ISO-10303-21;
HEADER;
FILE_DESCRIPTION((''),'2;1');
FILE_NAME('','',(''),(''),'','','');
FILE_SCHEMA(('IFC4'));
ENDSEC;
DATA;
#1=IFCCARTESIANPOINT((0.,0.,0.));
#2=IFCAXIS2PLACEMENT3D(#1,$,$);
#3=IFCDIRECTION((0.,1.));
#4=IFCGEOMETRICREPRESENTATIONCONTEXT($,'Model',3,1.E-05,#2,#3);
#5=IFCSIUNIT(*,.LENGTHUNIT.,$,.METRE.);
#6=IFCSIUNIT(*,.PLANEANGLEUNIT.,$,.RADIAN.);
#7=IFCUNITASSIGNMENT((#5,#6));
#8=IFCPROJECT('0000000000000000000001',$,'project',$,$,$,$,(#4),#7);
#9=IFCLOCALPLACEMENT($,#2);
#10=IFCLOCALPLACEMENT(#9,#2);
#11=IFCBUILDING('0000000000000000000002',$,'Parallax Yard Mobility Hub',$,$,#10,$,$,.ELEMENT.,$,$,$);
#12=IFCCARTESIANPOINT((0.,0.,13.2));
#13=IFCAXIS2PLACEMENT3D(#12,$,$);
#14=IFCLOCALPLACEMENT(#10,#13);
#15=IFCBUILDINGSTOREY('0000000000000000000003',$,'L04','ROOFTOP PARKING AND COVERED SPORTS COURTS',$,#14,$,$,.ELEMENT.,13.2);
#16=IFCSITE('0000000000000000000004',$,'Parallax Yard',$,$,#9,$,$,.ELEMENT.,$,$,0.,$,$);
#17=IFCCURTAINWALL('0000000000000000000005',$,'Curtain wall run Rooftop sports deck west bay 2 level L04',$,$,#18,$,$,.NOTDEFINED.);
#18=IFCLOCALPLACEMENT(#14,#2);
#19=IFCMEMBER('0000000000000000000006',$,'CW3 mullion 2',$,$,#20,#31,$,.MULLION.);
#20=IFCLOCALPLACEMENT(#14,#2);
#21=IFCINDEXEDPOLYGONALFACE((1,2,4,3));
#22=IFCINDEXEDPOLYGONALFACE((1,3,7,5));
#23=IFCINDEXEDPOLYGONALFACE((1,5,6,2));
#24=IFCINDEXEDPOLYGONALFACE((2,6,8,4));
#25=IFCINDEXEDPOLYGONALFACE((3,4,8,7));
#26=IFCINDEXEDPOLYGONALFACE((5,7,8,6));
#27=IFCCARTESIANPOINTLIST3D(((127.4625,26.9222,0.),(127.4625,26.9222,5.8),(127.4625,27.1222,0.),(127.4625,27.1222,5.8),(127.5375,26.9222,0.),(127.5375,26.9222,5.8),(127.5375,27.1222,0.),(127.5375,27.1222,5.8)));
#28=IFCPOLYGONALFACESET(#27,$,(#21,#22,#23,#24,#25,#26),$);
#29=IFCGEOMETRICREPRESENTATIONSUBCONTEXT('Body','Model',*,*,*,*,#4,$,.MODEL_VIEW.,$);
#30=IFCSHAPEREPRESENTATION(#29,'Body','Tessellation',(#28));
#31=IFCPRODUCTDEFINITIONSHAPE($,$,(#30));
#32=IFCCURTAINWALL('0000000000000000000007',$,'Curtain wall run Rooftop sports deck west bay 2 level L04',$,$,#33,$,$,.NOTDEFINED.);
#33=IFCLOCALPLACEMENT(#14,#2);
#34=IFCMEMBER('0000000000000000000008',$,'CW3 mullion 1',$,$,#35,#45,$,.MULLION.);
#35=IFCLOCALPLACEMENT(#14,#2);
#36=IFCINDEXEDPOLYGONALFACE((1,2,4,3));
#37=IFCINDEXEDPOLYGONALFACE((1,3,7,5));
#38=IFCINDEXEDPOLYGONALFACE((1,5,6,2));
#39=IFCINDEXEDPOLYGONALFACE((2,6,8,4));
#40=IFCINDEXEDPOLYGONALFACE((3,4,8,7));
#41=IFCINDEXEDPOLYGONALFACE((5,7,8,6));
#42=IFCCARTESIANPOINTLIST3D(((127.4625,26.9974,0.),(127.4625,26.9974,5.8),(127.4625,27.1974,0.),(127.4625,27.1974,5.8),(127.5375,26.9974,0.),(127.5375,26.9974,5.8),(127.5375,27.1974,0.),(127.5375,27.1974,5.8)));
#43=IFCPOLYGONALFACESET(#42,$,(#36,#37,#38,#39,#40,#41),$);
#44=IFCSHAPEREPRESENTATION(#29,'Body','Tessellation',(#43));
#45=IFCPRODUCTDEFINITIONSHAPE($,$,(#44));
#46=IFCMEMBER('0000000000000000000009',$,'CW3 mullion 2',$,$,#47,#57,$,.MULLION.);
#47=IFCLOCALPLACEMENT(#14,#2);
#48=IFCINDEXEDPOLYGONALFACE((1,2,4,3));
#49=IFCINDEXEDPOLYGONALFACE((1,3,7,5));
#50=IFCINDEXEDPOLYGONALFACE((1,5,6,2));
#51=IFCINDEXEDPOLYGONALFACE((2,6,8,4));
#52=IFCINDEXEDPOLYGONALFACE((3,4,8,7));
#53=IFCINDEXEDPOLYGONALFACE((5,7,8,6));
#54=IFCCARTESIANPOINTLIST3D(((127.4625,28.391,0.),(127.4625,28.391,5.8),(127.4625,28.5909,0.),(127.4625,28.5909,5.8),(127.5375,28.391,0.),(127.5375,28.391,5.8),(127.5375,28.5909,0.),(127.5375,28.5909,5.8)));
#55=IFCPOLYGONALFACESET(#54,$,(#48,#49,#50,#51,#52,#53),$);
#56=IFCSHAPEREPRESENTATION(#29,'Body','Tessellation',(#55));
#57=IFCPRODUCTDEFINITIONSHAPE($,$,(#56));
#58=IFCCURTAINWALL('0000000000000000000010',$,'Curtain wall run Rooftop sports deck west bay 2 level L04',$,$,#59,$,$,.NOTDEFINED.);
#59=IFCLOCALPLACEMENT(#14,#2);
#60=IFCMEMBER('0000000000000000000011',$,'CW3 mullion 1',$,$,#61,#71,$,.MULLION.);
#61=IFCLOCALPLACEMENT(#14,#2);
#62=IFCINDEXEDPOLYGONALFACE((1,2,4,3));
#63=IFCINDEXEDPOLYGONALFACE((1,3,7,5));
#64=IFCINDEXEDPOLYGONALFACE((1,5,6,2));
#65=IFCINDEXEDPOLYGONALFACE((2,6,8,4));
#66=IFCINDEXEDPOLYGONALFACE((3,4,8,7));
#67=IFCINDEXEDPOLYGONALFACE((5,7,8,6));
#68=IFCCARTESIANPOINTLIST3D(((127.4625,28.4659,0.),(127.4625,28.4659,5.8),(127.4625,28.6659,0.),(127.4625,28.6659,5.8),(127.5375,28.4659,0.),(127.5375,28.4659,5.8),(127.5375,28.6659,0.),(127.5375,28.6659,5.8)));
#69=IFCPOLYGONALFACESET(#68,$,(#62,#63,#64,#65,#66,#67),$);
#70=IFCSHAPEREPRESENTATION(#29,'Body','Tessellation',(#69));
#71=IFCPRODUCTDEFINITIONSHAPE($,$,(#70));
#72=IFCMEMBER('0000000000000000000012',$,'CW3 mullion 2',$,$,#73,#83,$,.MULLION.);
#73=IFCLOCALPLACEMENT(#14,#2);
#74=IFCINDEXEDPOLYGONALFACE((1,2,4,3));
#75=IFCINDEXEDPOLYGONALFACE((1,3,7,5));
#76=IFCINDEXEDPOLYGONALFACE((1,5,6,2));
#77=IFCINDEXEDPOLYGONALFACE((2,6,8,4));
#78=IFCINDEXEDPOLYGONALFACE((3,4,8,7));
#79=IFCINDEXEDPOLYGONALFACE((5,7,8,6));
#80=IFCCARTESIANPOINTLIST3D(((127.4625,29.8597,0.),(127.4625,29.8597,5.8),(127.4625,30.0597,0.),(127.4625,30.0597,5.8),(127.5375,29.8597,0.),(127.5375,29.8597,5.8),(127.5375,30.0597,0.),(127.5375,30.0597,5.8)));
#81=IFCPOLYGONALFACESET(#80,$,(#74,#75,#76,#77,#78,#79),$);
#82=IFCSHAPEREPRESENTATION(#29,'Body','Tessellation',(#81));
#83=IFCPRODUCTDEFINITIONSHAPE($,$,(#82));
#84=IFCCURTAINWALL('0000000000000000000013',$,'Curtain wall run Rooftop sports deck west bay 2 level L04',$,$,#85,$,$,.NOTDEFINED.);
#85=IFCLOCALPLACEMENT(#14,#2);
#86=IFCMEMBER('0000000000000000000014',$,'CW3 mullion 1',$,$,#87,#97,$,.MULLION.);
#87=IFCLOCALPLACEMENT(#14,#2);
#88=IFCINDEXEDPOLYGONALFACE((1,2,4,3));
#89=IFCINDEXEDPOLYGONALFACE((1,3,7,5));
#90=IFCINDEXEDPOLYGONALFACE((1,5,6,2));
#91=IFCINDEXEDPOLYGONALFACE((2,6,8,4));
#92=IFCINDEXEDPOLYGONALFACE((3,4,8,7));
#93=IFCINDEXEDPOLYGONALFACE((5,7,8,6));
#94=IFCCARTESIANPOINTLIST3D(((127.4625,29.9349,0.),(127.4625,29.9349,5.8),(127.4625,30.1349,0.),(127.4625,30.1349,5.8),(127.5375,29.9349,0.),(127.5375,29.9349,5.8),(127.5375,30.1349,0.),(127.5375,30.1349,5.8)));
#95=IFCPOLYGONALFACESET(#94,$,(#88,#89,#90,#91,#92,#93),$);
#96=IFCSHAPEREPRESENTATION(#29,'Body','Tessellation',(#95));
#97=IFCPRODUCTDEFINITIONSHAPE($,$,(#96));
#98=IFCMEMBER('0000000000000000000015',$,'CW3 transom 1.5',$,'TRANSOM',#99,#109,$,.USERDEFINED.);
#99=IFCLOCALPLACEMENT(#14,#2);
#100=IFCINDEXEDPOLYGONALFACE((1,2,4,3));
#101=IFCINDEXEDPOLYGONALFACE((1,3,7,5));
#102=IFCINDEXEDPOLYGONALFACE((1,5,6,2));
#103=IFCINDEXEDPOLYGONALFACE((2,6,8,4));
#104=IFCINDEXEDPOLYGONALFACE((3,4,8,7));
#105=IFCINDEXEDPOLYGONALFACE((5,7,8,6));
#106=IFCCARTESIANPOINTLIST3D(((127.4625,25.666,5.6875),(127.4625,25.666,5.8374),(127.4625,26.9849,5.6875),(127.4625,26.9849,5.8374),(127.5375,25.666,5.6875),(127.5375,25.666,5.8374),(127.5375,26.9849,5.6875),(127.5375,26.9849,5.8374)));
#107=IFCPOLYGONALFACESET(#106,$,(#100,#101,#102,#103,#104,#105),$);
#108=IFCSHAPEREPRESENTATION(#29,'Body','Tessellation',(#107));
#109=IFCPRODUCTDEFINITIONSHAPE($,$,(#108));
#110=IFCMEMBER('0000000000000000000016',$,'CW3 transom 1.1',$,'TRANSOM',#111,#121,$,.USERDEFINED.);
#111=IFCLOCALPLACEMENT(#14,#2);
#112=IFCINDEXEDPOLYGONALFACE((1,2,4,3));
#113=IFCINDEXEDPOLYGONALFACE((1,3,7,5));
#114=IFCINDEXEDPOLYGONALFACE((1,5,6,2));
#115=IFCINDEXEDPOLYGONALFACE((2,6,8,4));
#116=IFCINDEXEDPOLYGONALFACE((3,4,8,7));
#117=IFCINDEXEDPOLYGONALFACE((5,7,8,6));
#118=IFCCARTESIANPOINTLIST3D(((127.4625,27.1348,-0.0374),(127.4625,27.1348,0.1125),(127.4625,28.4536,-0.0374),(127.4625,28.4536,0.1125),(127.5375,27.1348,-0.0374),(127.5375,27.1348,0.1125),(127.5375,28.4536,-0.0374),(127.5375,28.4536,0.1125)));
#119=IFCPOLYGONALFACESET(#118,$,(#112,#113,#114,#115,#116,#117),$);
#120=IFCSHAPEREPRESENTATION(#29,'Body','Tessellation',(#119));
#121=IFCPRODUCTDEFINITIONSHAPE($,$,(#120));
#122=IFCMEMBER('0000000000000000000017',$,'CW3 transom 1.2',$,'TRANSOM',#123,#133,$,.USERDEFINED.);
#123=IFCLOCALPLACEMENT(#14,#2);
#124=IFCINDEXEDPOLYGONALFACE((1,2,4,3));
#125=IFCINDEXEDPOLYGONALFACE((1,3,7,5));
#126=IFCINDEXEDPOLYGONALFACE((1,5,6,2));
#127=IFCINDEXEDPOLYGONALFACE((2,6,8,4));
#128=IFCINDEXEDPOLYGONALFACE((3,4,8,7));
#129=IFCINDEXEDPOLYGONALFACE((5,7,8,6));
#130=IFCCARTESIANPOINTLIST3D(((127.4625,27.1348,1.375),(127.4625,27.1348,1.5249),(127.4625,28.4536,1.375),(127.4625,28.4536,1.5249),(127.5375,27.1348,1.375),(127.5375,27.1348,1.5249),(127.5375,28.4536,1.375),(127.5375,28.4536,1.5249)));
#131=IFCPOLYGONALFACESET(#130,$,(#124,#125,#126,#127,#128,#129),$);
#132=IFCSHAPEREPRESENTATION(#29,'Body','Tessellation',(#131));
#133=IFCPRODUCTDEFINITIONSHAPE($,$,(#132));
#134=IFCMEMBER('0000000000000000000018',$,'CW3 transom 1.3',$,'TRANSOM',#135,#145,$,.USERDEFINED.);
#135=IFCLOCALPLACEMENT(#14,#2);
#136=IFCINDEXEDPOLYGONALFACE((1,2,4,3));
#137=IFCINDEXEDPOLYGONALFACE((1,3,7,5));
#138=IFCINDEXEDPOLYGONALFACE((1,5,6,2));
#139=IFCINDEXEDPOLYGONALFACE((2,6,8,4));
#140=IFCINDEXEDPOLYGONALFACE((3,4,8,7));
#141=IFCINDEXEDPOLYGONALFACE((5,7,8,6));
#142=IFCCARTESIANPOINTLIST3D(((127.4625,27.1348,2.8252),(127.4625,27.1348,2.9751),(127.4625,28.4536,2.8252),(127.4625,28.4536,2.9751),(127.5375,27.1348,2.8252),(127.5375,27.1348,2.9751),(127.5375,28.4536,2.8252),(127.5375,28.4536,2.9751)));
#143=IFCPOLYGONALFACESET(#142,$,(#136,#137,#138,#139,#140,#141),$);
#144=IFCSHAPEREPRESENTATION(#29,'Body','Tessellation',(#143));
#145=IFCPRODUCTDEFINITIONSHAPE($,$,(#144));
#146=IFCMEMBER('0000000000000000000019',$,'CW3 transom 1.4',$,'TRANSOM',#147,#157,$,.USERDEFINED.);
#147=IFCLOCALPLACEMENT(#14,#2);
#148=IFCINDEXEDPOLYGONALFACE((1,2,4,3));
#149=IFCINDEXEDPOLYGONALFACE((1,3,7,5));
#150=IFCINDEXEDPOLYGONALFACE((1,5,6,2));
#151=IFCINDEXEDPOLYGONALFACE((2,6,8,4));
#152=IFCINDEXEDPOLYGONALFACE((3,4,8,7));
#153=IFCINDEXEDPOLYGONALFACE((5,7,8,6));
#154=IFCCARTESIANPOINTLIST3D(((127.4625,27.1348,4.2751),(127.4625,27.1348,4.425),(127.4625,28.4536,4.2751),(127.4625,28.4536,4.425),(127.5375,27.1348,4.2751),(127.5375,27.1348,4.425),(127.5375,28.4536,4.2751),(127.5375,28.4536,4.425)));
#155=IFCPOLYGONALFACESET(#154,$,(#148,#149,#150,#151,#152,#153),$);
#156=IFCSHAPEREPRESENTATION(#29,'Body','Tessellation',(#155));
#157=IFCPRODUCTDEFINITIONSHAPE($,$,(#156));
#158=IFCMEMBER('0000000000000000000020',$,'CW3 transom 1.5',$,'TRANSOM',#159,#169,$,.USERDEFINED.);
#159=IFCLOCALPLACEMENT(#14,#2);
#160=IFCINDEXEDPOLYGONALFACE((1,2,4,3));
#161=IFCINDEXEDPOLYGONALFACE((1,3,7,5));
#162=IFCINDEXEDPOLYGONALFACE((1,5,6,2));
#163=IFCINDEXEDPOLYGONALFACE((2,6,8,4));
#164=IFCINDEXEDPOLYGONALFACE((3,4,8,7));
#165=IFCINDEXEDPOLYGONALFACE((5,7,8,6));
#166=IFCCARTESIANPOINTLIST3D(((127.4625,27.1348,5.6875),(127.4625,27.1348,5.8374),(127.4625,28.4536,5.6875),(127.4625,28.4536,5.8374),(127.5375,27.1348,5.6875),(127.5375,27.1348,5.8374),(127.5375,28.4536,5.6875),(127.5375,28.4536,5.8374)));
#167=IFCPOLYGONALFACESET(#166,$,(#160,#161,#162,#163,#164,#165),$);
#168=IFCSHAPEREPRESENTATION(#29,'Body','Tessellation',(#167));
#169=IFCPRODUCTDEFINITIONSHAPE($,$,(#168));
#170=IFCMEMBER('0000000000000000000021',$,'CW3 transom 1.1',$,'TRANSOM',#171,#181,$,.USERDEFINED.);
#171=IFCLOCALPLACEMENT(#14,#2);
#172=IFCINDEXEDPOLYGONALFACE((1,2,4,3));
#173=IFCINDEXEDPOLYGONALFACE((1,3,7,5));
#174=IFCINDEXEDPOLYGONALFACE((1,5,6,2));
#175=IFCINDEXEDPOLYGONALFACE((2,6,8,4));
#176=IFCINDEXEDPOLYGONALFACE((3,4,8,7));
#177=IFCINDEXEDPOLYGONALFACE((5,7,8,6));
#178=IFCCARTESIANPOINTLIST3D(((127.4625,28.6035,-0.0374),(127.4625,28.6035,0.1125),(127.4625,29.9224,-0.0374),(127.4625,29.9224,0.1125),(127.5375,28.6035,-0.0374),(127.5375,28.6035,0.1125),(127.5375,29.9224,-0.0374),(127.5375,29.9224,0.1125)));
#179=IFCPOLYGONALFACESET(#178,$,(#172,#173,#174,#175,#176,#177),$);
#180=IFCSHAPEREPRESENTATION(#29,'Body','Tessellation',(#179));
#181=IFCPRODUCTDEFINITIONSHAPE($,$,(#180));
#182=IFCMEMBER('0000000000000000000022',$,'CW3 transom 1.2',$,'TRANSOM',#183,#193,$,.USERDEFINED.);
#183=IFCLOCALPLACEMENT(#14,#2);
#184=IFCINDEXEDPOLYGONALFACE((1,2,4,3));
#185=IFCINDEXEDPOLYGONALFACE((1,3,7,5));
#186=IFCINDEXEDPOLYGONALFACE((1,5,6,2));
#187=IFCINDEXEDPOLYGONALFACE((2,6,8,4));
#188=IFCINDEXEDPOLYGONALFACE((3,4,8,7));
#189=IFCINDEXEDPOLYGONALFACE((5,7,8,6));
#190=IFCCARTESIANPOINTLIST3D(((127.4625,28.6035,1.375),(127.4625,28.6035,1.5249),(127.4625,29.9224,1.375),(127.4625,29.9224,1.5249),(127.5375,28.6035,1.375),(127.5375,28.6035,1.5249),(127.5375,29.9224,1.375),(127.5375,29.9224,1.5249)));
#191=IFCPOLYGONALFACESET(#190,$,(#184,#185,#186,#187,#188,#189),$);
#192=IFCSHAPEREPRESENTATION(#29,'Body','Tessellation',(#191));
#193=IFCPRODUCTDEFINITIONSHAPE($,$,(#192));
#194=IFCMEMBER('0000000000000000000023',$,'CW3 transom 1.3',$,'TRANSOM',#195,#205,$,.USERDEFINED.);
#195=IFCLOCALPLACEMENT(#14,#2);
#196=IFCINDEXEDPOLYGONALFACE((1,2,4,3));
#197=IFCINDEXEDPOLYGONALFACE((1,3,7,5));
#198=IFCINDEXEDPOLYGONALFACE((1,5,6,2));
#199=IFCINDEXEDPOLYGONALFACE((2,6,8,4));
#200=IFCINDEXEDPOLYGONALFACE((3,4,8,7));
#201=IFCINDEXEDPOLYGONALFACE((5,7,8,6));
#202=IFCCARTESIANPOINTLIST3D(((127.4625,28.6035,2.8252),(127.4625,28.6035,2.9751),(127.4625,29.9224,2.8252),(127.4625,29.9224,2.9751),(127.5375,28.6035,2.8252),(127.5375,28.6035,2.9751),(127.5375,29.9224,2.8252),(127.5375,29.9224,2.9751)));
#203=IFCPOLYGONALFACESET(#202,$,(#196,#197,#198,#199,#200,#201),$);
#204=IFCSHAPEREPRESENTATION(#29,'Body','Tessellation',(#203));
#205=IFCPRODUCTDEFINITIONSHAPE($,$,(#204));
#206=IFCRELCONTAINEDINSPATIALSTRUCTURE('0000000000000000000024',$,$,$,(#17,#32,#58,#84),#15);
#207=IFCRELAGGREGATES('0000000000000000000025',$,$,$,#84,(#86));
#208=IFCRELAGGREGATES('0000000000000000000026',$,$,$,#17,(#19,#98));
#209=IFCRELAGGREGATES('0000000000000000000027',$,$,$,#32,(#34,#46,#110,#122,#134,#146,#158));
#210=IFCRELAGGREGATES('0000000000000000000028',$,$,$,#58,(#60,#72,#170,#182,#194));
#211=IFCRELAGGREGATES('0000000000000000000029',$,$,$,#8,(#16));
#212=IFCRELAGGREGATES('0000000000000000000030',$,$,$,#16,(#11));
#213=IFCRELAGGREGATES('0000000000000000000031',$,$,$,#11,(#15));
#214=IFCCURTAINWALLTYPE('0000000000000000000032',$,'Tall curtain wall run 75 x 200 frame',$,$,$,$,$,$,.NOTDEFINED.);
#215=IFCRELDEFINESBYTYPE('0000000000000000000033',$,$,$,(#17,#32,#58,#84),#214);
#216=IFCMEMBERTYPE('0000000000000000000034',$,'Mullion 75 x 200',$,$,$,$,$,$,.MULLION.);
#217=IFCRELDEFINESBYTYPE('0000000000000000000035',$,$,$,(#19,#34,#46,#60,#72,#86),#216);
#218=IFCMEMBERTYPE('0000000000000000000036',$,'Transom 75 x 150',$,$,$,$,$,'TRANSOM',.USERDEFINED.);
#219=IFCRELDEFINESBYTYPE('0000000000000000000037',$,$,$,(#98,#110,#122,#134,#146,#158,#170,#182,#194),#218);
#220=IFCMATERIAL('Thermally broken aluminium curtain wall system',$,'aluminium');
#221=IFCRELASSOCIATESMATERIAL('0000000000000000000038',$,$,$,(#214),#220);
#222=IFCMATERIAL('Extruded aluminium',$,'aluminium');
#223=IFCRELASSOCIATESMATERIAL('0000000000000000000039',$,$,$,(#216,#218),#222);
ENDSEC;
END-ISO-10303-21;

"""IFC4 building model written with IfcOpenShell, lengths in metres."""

from ifc_helpers import new_model, si_unit, direction, frame, origin, origin_2d, place, context, subcontext, project, spatial, rectangle, extrude, material, material_profile, profile_set, type_object, element, aggregate, save


model = new_model("IFC4")

# Units and contexts
model_context = context("Model", 3, precision=1e-05, world=origin(), true_north=direction((0.0, 1.0)))
body_context = subcontext(model_context, "Body", "Model", "MODEL_VIEW")
ifc_project = project(units=[si_unit("LENGTHUNIT", "METRE"), si_unit("PLANEANGLEUNIT", "RADIAN")], contexts=[model_context])

# Site, building, storey
site_placement = place(None, origin())
site = spatial("IfcSite", under=ifc_project, at=site_placement, Name="Parallax Yard", CompositionType="ELEMENT", RefElevation=0.0)
building_placement = place(site_placement, origin())
building = spatial("IfcBuilding", under=site, at=building_placement, Name="Parallax Yard Mobility Hub", CompositionType="ELEMENT")
storey_placement = place(building_placement, frame((0.0, 0.0, 13.2)))
storey = spatial("IfcBuildingStorey", under=building, at=storey_placement, Name="L04", Description="ROOFTOP PARKING AND COVERED SPORTS COURTS", CompositionType="ELEMENT", Elevation=13.2)

# Curtain wall, member
ifc_material_1 = material(Name="Thermally broken aluminium curtain wall system", Category="aluminium")
curtain_wall_type = type_object("IfcCurtainWallType", Name="Tall curtain wall run 75 x 200 frame", PredefinedType="NOTDEFINED", material=ifc_material_1)
curtain_wall_1_placement = place(storey_placement, origin())
curtain_wall_1 = element("IfcCurtainWall", 1, at=curtain_wall_1_placement, inside=storey, type_object=curtain_wall_type, Name="Curtain wall run Rooftop sports deck west bay 2 level L04", PredefinedType="NOTDEFINED")
ifc_material_2 = material(Name="Extruded aluminium", Category="aluminium")
ifc_material_profile_1 = material_profile(ifc_material_2, rectangle(XDim=0.075, YDim=0.2, at=origin_2d()), Name="Mullion 75 x 200")
ifc_profile_set_1 = profile_set([ifc_material_profile_1], Name="Extruded aluminium")
member_type_1 = type_object("IfcMemberType", Name="Mullion 75 x 200", PredefinedType="MULLION", material=ifc_profile_set_1)
member_1_placement = place(storey_placement, frame((127.5, 27.0222, 0.0), z_axis=(0.0, 0.0, 1.0), x_axis=(-1.0, 0.0, 0.0)))
member_1 = element("IfcMember", 2, at=member_1_placement, type_object=member_type_1, Name="CW3 mullion 2", PredefinedType="MULLION", context=body_context, shape_type="SweptSolid", body=[
    extrude(rectangle(XDim=0.075, YDim=0.2, at=origin_2d()), origin(), (0.0, 0.0, 1.0), 5.8),
])

# Curtain walls, members
curtain_wall_2_placement = place(storey_placement, origin())
curtain_wall_2 = element("IfcCurtainWall", 3, at=curtain_wall_2_placement, inside=storey, type_object=curtain_wall_type, Name="Curtain wall run Rooftop sports deck west bay 2 level L04", PredefinedType="NOTDEFINED")
member_2_placement = place(storey_placement, frame((127.5, 27.0974, 0.0), z_axis=(0.0, 0.0, 1.0), x_axis=(-1.0, 0.0, 0.0)))
member_2 = element("IfcMember", 4, at=member_2_placement, type_object=member_type_1, Name="CW3 mullion 1", PredefinedType="MULLION", context=body_context, shape_type="SweptSolid", body=[
    extrude(rectangle(XDim=0.075, YDim=0.2, at=origin_2d()), origin(), (0.0, 0.0, 1.0), 5.8),
])
member_3_placement = place(storey_placement, frame((127.5, 28.491, 0.0), z_axis=(0.0, 0.0, 1.0), x_axis=(-1.0, 0.0, 0.0)))
member_3 = element("IfcMember", 5, at=member_3_placement, type_object=member_type_1, Name="CW3 mullion 2", PredefinedType="MULLION", context=body_context, shape_type="SweptSolid", body=[
    extrude(rectangle(XDim=0.075, YDim=0.2, at=origin_2d()), origin(), (0.0, 0.0, 1.0), 5.8),
])
curtain_wall_3_placement = place(storey_placement, origin())
curtain_wall_3 = element("IfcCurtainWall", 6, at=curtain_wall_3_placement, inside=storey, type_object=curtain_wall_type, Name="Curtain wall run Rooftop sports deck west bay 2 level L04", PredefinedType="NOTDEFINED")
member_4_placement = place(storey_placement, frame((127.5, 28.5659, 0.0), z_axis=(0.0, 0.0, 1.0), x_axis=(-1.0, 0.0, 0.0)))
member_4 = element("IfcMember", 7, at=member_4_placement, type_object=member_type_1, Name="CW3 mullion 1", PredefinedType="MULLION", context=body_context, shape_type="SweptSolid", body=[
    extrude(rectangle(XDim=0.075, YDim=0.2, at=origin_2d()), origin(), (0.0, 0.0, 1.0), 5.8),
])
member_5_placement = place(storey_placement, frame((127.5, 29.9597, 0.0), z_axis=(0.0, 0.0, 1.0), x_axis=(-1.0, 0.0, 0.0)))
member_5 = element("IfcMember", 8, at=member_5_placement, type_object=member_type_1, Name="CW3 mullion 2", PredefinedType="MULLION", context=body_context, shape_type="SweptSolid", body=[
    extrude(rectangle(XDim=0.075, YDim=0.2, at=origin_2d()), origin(), (0.0, 0.0, 1.0), 5.8),
])

# Curtain wall, member
curtain_wall_4_placement = place(storey_placement, origin())
curtain_wall_4 = element("IfcCurtainWall", 9, at=curtain_wall_4_placement, inside=storey, type_object=curtain_wall_type, Name="Curtain wall run Rooftop sports deck west bay 2 level L04", PredefinedType="NOTDEFINED")
member_6_placement = place(storey_placement, frame((127.5, 30.0349, 0.0), z_axis=(0.0, 0.0, 1.0), x_axis=(-1.0, 0.0, 0.0)))
member_6 = element("IfcMember", 10, at=member_6_placement, type_object=member_type_1, Name="CW3 mullion 1", PredefinedType="MULLION", context=body_context, shape_type="SweptSolid", body=[
    extrude(rectangle(XDim=0.075, YDim=0.2, at=origin_2d()), origin(), (0.0, 0.0, 1.0), 5.8),
])

# Members
ifc_material_profile_2 = material_profile(ifc_material_2, rectangle(XDim=0.075, YDim=0.1499, at=origin_2d()), Name="Transom 75 x 150")
ifc_profile_set_2 = profile_set([ifc_material_profile_2], Name="Extruded aluminium")
member_type_2 = type_object("IfcMemberType", Name="Transom 75 x 150", ElementType="TRANSOM", PredefinedType="USERDEFINED", material=ifc_profile_set_2)
member_7_placement = place(storey_placement, frame((127.5, 25.666, 5.7625), z_axis=(0.0, 1.0, 0.0), x_axis=(-1.0, 0.0, 0.0)))
member_7 = element("IfcMember", 11, at=member_7_placement, type_object=member_type_2, Name="CW3 transom 1.5", ObjectType="TRANSOM", PredefinedType="USERDEFINED", context=body_context, shape_type="SweptSolid", body=[
    extrude(rectangle(XDim=0.075, YDim=0.1499, at=origin_2d()), origin(), (0.0, 0.0, 1.0), 1.3188),
])
member_8_placement = place(storey_placement, frame((127.5, 27.1348, 0.0376), z_axis=(0.0, 1.0, 0.0), x_axis=(-1.0, 0.0, 0.0)))
member_8 = element("IfcMember", 12, at=member_8_placement, type_object=member_type_2, Name="CW3 transom 1.1", ObjectType="TRANSOM", PredefinedType="USERDEFINED", context=body_context, shape_type="SweptSolid", body=[
    extrude(rectangle(XDim=0.075, YDim=0.1499, at=origin_2d()), origin(), (0.0, 0.0, 1.0), 1.3188),
])
member_9_placement = place(storey_placement, frame((127.5, 27.1348, 1.45), z_axis=(0.0, 1.0, 0.0), x_axis=(-1.0, 0.0, 0.0)))
member_9 = element("IfcMember", 13, at=member_9_placement, type_object=member_type_2, Name="CW3 transom 1.2", ObjectType="TRANSOM", PredefinedType="USERDEFINED", context=body_context, shape_type="SweptSolid", body=[
    extrude(rectangle(XDim=0.075, YDim=0.1499, at=origin_2d()), origin(), (0.0, 0.0, 1.0), 1.3188),
])
member_10_placement = place(storey_placement, frame((127.5, 27.1348, 2.9001), z_axis=(0.0, 1.0, 0.0), x_axis=(-1.0, 0.0, 0.0)))
member_10 = element("IfcMember", 14, at=member_10_placement, type_object=member_type_2, Name="CW3 transom 1.3", ObjectType="TRANSOM", PredefinedType="USERDEFINED", context=body_context, shape_type="SweptSolid", body=[
    extrude(rectangle(XDim=0.075, YDim=0.1499, at=origin_2d()), origin(), (0.0, 0.0, 1.0), 1.3188),
])
member_11_placement = place(storey_placement, frame((127.5, 27.1348, 4.3501), z_axis=(0.0, 1.0, 0.0), x_axis=(-1.0, 0.0, 0.0)))
member_11 = element("IfcMember", 15, at=member_11_placement, type_object=member_type_2, Name="CW3 transom 1.4", ObjectType="TRANSOM", PredefinedType="USERDEFINED", context=body_context, shape_type="SweptSolid", body=[
    extrude(rectangle(XDim=0.075, YDim=0.1499, at=origin_2d()), origin(), (0.0, 0.0, 1.0), 1.3188),
])
member_12_placement = place(storey_placement, frame((127.5, 27.1348, 5.7625), z_axis=(0.0, 1.0, 0.0), x_axis=(-1.0, 0.0, 0.0)))
member_12 = element("IfcMember", 16, at=member_12_placement, type_object=member_type_2, Name="CW3 transom 1.5", ObjectType="TRANSOM", PredefinedType="USERDEFINED", context=body_context, shape_type="SweptSolid", body=[
    extrude(rectangle(XDim=0.075, YDim=0.1499, at=origin_2d()), origin(), (0.0, 0.0, 1.0), 1.3188),
])
member_13_placement = place(storey_placement, frame((127.5, 28.6035, 0.0376), z_axis=(0.0, 1.0, 0.0), x_axis=(-1.0, 0.0, 0.0)))
member_13 = element("IfcMember", 17, at=member_13_placement, type_object=member_type_2, Name="CW3 transom 1.1", ObjectType="TRANSOM", PredefinedType="USERDEFINED", context=body_context, shape_type="SweptSolid", body=[
    extrude(rectangle(XDim=0.075, YDim=0.1499, at=origin_2d()), origin(), (0.0, 0.0, 1.0), 1.3188),
])
member_14_placement = place(storey_placement, frame((127.5, 28.6035, 1.45), z_axis=(0.0, 1.0, 0.0), x_axis=(-1.0, 0.0, 0.0)))
member_14 = element("IfcMember", 18, at=member_14_placement, type_object=member_type_2, Name="CW3 transom 1.2", ObjectType="TRANSOM", PredefinedType="USERDEFINED", context=body_context, shape_type="SweptSolid", body=[
    extrude(rectangle(XDim=0.075, YDim=0.1499, at=origin_2d()), origin(), (0.0, 0.0, 1.0), 1.3188),
])
member_15_placement = place(storey_placement, frame((127.5, 28.6035, 2.9001), z_axis=(0.0, 1.0, 0.0), x_axis=(-1.0, 0.0, 0.0)))
member_15 = element("IfcMember", 19, at=member_15_placement, type_object=member_type_2, Name="CW3 transom 1.3", ObjectType="TRANSOM", PredefinedType="USERDEFINED", context=body_context, shape_type="SweptSolid", body=[
    extrude(rectangle(XDim=0.075, YDim=0.1499, at=origin_2d()), origin(), (0.0, 0.0, 1.0), 1.3188),
])
aggregate(curtain_wall_4, [member_6])

aggregate(curtain_wall_1, [member_1, member_7])
aggregate(curtain_wall_2, [member_2, member_3, member_8, member_9, member_10, member_11, member_12])
aggregate(curtain_wall_3, [member_4, member_5, member_13, member_14, member_15])

save(model, "model.ifc")
